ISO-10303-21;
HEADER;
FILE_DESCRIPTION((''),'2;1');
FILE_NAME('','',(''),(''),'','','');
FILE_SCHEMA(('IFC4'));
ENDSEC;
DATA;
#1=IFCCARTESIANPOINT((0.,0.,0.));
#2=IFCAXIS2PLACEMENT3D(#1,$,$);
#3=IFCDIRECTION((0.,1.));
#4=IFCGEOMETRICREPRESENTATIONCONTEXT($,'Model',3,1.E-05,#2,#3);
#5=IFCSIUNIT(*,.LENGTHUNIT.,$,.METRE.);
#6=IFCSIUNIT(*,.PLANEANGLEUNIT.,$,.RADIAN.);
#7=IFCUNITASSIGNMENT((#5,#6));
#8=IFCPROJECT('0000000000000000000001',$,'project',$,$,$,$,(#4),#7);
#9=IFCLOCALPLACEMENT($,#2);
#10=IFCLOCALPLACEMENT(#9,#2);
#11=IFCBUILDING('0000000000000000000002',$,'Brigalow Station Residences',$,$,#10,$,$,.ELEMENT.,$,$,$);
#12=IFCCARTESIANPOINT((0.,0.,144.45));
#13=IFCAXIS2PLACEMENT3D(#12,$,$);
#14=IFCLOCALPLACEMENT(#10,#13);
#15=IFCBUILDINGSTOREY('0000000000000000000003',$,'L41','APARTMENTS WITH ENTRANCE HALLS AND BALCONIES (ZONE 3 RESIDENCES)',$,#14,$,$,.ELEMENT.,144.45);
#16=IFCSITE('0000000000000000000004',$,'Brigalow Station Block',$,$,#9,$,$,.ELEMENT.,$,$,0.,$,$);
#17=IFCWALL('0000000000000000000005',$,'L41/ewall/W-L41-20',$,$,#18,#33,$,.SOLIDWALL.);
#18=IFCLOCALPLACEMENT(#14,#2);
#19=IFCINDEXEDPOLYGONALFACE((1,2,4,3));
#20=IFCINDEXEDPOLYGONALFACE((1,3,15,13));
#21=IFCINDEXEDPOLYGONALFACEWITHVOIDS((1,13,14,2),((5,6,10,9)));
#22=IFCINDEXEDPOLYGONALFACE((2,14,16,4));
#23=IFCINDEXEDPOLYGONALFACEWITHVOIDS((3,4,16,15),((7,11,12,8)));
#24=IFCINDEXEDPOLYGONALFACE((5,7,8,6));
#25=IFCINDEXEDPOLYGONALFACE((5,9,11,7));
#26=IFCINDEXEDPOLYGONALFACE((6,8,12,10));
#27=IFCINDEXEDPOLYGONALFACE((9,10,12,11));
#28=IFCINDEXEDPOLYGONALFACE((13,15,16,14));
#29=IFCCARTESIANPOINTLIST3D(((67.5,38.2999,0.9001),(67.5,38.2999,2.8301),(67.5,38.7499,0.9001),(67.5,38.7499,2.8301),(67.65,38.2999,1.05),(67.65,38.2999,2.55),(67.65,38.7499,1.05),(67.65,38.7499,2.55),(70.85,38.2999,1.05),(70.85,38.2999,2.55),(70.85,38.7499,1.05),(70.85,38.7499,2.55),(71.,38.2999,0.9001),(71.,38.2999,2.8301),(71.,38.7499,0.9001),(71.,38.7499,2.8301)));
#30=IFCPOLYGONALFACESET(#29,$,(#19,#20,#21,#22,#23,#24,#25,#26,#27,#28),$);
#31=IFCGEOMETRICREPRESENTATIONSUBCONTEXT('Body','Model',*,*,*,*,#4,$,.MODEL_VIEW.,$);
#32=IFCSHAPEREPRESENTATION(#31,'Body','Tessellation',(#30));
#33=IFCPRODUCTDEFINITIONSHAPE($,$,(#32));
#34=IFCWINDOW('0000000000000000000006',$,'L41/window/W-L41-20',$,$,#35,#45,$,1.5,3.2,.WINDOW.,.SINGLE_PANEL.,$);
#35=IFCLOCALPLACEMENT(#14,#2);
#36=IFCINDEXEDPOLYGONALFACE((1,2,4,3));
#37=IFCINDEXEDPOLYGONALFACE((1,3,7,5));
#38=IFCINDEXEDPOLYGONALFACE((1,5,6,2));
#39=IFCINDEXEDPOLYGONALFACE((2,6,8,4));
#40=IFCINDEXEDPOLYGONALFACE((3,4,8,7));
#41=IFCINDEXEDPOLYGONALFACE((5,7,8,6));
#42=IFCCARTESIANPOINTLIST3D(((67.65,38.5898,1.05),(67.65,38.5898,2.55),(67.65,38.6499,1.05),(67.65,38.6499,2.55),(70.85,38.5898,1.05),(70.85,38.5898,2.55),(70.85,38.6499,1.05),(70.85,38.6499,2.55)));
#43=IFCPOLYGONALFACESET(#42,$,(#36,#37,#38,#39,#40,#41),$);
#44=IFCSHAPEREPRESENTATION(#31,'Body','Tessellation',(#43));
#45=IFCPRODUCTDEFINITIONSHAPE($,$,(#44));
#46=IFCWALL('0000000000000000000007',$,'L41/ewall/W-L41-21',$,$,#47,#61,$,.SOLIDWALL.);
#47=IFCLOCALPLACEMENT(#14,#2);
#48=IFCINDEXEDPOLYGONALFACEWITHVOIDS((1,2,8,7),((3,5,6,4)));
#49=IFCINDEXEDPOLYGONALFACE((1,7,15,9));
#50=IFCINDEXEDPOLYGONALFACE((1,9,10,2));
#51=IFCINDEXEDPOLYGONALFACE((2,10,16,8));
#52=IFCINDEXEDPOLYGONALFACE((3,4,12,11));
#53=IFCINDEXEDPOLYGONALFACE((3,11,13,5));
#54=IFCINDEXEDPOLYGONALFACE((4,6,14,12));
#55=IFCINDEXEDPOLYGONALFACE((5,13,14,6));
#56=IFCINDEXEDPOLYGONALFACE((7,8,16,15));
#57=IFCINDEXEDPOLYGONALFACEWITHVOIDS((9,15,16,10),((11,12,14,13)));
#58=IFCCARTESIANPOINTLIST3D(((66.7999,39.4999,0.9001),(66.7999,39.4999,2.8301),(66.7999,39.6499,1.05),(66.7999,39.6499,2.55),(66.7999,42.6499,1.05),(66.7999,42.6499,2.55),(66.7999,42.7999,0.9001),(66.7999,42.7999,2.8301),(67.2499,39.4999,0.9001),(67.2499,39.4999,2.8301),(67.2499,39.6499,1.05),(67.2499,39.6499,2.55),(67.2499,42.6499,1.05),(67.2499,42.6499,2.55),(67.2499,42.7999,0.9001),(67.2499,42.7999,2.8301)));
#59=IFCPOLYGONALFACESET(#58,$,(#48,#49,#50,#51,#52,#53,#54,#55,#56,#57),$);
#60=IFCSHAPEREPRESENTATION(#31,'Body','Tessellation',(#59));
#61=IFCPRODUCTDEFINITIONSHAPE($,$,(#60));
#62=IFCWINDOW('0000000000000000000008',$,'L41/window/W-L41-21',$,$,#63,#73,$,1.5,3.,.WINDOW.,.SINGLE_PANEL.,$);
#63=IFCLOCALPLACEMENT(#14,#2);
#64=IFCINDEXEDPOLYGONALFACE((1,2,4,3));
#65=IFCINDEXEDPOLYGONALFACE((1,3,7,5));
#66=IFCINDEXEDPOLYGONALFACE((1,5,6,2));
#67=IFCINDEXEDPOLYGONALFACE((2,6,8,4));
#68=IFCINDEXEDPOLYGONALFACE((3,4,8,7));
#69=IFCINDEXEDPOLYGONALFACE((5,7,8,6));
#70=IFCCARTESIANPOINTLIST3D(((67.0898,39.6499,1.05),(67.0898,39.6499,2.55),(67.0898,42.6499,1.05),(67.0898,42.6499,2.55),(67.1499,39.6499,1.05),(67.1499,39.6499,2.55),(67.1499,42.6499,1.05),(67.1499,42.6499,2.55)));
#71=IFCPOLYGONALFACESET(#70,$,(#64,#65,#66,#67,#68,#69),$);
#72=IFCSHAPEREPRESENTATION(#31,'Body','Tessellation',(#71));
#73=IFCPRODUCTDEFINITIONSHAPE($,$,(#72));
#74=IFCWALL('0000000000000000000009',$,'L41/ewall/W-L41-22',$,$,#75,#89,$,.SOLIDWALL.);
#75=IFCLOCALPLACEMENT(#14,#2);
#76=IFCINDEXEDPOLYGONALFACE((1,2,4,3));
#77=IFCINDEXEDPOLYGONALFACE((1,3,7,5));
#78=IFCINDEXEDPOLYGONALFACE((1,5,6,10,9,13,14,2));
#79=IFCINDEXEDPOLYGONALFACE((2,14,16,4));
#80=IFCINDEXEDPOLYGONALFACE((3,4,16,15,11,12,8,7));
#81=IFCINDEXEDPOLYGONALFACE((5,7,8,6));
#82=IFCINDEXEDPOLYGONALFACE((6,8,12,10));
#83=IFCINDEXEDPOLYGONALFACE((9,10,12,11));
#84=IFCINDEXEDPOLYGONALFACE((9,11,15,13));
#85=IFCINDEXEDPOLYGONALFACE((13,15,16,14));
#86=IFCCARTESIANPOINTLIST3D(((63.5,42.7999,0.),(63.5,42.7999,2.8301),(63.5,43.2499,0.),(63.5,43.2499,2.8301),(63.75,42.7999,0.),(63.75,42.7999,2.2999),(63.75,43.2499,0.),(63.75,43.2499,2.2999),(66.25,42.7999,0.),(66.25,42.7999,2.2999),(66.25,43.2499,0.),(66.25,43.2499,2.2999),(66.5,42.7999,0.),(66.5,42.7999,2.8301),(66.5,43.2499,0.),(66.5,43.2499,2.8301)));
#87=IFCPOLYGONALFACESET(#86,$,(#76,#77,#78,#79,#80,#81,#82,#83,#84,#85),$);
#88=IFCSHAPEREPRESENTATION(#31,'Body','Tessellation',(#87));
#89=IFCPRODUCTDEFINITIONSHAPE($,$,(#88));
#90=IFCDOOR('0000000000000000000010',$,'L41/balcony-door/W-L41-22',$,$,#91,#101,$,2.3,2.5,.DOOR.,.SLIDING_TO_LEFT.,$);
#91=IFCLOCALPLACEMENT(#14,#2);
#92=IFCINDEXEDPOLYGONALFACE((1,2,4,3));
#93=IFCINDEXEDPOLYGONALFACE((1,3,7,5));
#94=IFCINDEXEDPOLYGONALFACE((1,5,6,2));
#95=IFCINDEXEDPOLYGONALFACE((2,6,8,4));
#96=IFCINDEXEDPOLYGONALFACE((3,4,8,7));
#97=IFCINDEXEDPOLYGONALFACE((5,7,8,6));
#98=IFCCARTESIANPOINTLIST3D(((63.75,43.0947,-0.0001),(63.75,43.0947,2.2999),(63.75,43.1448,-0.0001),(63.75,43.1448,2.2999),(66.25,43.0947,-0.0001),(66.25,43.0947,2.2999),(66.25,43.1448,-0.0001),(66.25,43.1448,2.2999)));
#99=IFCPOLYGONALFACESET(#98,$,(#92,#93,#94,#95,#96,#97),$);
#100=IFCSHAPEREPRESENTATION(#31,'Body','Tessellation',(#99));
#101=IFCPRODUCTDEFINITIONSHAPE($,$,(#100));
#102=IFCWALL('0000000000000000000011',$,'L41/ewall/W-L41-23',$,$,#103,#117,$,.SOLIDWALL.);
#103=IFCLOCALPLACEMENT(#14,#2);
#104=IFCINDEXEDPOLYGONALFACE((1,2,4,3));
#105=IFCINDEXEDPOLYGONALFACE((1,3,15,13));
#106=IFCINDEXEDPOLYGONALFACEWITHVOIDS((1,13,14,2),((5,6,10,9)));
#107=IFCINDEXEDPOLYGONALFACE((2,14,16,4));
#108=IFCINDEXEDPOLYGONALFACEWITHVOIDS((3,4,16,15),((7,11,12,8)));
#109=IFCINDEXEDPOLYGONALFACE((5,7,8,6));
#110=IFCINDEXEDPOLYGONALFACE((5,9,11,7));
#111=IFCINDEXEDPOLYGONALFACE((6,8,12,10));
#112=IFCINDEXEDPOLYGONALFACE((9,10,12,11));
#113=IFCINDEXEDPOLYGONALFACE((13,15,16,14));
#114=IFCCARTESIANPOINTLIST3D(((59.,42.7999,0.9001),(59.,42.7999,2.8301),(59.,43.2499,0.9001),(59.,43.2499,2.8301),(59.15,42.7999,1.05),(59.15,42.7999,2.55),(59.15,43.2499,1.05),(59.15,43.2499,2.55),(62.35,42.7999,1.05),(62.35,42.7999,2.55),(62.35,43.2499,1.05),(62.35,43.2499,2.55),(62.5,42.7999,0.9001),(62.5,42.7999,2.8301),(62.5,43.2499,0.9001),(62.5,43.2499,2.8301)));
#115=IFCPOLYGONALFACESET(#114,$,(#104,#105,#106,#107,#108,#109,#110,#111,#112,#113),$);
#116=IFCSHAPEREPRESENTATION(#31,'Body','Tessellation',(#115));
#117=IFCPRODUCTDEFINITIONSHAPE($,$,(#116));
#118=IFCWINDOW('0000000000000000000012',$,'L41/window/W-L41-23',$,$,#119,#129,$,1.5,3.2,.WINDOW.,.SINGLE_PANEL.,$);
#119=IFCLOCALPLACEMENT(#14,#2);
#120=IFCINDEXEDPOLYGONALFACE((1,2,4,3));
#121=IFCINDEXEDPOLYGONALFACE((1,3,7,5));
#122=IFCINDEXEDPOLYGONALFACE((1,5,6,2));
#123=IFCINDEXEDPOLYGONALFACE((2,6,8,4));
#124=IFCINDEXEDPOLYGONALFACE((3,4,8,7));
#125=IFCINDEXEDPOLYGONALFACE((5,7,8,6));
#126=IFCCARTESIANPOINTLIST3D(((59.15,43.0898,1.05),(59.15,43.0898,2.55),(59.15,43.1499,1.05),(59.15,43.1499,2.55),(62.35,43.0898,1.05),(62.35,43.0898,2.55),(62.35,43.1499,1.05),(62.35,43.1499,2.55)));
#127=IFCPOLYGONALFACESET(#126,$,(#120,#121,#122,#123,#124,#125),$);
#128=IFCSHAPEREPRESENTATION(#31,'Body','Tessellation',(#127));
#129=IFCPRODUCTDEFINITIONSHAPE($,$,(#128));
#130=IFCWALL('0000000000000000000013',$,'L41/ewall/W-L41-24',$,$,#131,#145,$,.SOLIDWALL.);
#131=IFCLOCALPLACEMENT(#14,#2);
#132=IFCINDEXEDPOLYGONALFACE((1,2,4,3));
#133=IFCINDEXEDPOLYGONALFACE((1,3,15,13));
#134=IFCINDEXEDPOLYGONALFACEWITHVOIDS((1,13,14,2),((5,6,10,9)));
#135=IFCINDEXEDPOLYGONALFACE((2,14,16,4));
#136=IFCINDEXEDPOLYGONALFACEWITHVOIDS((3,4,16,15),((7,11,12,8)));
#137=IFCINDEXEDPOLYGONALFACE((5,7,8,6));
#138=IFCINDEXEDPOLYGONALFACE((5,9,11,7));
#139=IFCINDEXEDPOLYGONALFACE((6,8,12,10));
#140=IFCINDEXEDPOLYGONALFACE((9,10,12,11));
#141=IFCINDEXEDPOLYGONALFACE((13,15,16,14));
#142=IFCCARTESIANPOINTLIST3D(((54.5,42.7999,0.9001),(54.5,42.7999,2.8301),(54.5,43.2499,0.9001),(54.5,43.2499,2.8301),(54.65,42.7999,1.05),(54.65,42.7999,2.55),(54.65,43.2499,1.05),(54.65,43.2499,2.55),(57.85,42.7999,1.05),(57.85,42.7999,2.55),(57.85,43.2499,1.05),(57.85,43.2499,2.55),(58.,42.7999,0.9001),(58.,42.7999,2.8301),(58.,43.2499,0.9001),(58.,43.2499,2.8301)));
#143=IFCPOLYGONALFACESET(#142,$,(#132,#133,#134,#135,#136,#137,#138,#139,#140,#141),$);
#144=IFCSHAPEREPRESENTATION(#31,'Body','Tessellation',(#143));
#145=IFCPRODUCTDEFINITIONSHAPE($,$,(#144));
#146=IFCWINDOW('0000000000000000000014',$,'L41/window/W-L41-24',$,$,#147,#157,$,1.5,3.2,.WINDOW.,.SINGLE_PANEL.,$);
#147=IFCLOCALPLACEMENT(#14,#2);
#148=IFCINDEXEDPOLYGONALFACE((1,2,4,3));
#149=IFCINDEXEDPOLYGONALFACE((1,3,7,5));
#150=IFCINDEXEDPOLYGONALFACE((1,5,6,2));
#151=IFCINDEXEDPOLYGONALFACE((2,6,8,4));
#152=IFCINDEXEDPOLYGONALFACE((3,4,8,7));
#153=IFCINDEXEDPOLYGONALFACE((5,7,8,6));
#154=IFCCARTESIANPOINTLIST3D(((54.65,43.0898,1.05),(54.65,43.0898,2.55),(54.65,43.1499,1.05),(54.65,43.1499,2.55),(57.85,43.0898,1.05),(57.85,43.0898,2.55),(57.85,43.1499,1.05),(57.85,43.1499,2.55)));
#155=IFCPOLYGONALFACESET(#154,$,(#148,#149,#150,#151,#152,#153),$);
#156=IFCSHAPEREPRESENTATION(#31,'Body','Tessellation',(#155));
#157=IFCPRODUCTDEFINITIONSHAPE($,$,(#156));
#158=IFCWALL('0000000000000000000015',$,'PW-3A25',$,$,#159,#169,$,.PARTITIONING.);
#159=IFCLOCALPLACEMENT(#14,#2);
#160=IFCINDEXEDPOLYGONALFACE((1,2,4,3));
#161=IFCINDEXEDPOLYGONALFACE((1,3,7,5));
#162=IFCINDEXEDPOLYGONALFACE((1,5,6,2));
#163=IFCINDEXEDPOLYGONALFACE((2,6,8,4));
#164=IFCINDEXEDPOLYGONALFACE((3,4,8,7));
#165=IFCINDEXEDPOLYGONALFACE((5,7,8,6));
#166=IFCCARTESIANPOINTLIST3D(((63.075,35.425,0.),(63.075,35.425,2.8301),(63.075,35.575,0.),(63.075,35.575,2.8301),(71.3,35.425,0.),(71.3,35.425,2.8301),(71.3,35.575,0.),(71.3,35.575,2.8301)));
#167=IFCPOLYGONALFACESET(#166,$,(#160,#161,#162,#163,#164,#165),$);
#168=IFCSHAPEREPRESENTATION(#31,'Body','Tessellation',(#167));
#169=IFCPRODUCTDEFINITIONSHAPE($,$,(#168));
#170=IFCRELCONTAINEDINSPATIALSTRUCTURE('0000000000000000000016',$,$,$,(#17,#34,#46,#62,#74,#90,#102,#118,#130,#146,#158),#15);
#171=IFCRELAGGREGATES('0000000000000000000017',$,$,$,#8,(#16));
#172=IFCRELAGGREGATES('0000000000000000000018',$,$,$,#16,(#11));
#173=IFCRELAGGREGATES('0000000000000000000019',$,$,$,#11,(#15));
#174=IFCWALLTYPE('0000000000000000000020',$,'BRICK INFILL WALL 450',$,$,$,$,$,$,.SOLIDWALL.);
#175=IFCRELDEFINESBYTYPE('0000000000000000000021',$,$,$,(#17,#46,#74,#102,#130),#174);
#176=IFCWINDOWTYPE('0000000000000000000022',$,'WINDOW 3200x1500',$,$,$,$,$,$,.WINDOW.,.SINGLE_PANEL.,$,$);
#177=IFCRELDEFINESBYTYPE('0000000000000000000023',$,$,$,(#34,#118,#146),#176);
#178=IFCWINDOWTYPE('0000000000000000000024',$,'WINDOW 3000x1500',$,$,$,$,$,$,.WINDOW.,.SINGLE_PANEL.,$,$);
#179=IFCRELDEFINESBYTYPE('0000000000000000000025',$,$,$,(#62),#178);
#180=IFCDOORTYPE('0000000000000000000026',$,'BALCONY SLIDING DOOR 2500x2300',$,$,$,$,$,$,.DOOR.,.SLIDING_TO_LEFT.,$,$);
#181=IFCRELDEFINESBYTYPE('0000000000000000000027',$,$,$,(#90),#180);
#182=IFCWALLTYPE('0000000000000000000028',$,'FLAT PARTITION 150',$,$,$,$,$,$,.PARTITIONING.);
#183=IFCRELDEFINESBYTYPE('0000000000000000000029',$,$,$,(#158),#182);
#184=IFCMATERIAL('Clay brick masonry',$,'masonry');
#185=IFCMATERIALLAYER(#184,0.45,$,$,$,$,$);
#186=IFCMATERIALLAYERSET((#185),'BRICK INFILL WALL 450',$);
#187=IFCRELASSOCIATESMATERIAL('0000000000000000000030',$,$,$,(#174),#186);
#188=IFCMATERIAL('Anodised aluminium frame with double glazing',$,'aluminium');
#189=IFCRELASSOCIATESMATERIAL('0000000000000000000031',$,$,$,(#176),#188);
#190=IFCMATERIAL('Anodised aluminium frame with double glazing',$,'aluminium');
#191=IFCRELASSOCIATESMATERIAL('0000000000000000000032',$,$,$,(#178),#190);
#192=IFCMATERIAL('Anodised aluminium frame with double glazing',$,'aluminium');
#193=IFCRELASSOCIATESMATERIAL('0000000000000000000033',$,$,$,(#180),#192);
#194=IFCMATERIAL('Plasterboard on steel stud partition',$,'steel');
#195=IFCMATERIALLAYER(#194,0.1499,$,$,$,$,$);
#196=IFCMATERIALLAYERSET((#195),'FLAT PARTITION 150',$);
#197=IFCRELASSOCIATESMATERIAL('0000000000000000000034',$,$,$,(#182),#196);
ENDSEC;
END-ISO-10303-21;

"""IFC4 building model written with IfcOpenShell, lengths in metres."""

from ifc_helpers import new_model, si_unit, direction, frame, frame_2d, origin, place, context, subcontext, project, spatial, rectangle, extrude, material, layer, layer_set, type_object, element, fill, save


model = new_model("IFC4")

# Units and contexts
model_context = context("Model", 3, precision=1e-05, world=origin(), true_north=direction((0.0, 1.0)))
body_context = subcontext(model_context, "Body", "Model", "MODEL_VIEW")
ifc_project = project(units=[si_unit("LENGTHUNIT", "METRE"), si_unit("PLANEANGLEUNIT", "RADIAN")], contexts=[model_context])

# Site, building, storey
site_placement = place(None, origin())
site = spatial("IfcSite", under=ifc_project, at=site_placement, Name="Brigalow Station Block", CompositionType="ELEMENT", RefElevation=0.0)
building_placement = place(site_placement, origin())
building = spatial("IfcBuilding", under=site, at=building_placement, Name="Brigalow Station Residences", CompositionType="ELEMENT")
storey_placement = place(building_placement, frame((0.0, 0.0, 144.45)))
storey = spatial("IfcBuildingStorey", under=building, at=storey_placement, Name="L41", Description="APARTMENTS WITH ENTRANCE HALLS AND BALCONIES (ZONE 3 RESIDENCES)", CompositionType="ELEMENT", Elevation=144.45)

# Walls, openings, windows
ifc_material_1 = material(Name="Clay brick masonry", Category="masonry")
ifc_layer_1 = layer(ifc_material_1, 0.45)
ifc_layer_set_1 = layer_set([ifc_layer_1], Name="BRICK INFILL WALL 450")
wall_type_1 = type_object("IfcWallType", Name="BRICK INFILL WALL 450", PredefinedType="SOLIDWALL", material=ifc_layer_set_1)
wall_1_placement = place(storey_placement, frame((71.0, 38.5249, 0.9001), z_axis=(0.0, 0.0, 1.0), x_axis=(-1.0, 0.0, 0.0)))
wall_1 = element("IfcWall", 1, at=wall_1_placement, inside=storey, type_object=wall_type_1, Name="L41/ewall/W-L41-20", PredefinedType="SOLIDWALL", context=body_context, shape_type="SweptSolid", body=[
    extrude(rectangle(XDim=3.5, YDim=0.45, at=frame_2d((1.75, 0.0))), origin(), (0.0, 0.0, 1.0), 1.9299),
])
opening_1_placement = place(wall_1_placement, frame((0.1499, 0.0, 0.1499)))
opening_1 = element("IfcOpeningElement", 2, at=opening_1_placement, cuts=wall_1, PredefinedType="OPENING", context=body_context, shape_type="SweptSolid", body=[
    extrude(rectangle(XDim=3.2, YDim=1.5, at=frame_2d((1.6001, 0.75))), frame((0.0, 0.2349, 0.0), z_axis=(0.0, -1.0, 0.0), x_axis=(1.0, 0.0, 0.0)), (0.0, 0.0, 1.0), 0.47),
])
ifc_material_2 = material(Name="Anodised aluminium frame with double glazing", Category="aluminium")
window_type_1 = type_object("IfcWindowType", Name="WINDOW 3200x1500", PartitioningType="SINGLE_PANEL", PredefinedType="WINDOW", material=ifc_material_2)
window_1_placement = place(opening_1_placement, origin())
window_1 = element("IfcWindow", 3, at=window_1_placement, inside=storey, type_object=window_type_1, Name="L41/window/W-L41-20", OverallHeight=1.5, OverallWidth=3.2, PartitioningType="SINGLE_PANEL", PredefinedType="WINDOW", context=body_context, shape_type="SweptSolid", body=[
    extrude(rectangle(XDim=3.2, YDim=1.5, at=frame_2d((1.6001, 0.75))), frame((0.0, -0.0649, 0.0), z_axis=(0.0, -1.0, 0.0), x_axis=(1.0, 0.0, 0.0)), (0.0, 0.0, 1.0), 0.0601),
])
fill(opening_1, window_1)
wall_2_placement = place(storey_placement, frame((67.0249, 39.5, 0.9001), z_axis=(0.0, 0.0, 1.0), x_axis=(0.0, 1.0, 0.0)))
wall_2 = element("IfcWall", 4, at=wall_2_placement, inside=storey, type_object=wall_type_1, Name="L41/ewall/W-L41-21", PredefinedType="SOLIDWALL", context=body_context, shape_type="SweptSolid", body=[
    extrude(rectangle(XDim=3.3, YDim=0.45, at=frame_2d((1.6499, 0.0))), origin(), (0.0, 0.0, 1.0), 1.9299),
])
opening_2_placement = place(wall_2_placement, frame((0.1499, 0.0, 0.1499)))
opening_2 = element("IfcOpeningElement", 5, at=opening_2_placement, cuts=wall_2, PredefinedType="OPENING", context=body_context, shape_type="SweptSolid", body=[
    extrude(rectangle(XDim=3.0, YDim=1.5, at=frame_2d((1.5, 0.75))), frame((0.0, 0.2349, 0.0), z_axis=(0.0, -1.0, 0.0), x_axis=(1.0, 0.0, 0.0)), (0.0, 0.0, 1.0), 0.47),
])
ifc_material_3 = material(Name="Anodised aluminium frame with double glazing", Category="aluminium")
window_type_2 = type_object("IfcWindowType", Name="WINDOW 3000x1500", PartitioningType="SINGLE_PANEL", PredefinedType="WINDOW", material=ifc_material_3)
window_2_placement = place(opening_2_placement, origin())
window_2 = element("IfcWindow", 6, at=window_2_placement, inside=storey, type_object=window_type_2, Name="L41/window/W-L41-21", OverallHeight=1.5, OverallWidth=3.0, PartitioningType="SINGLE_PANEL", PredefinedType="WINDOW", context=body_context, shape_type="SweptSolid", body=[
    extrude(rectangle(XDim=3.0, YDim=1.5, at=frame_2d((1.5, 0.75))), frame((0.0, -0.0649, 0.0), z_axis=(0.0, -1.0, 0.0), x_axis=(1.0, 0.0, 0.0)), (0.0, 0.0, 1.0), 0.0601),
])
fill(opening_2, window_2)

# Wall, opening, door
wall_3_placement = place(storey_placement, frame((66.5, 43.0249, 0.0), z_axis=(0.0, 0.0, 1.0), x_axis=(-1.0, 0.0, 0.0)))
wall_3 = element("IfcWall", 7, at=wall_3_placement, inside=storey, type_object=wall_type_1, Name="L41/ewall/W-L41-22", PredefinedType="SOLIDWALL", context=body_context, shape_type="SweptSolid", body=[
    extrude(rectangle(XDim=3.0, YDim=0.45, at=frame_2d((1.5, 0.0))), origin(), (0.0, 0.0, 1.0), 2.8301),
])
opening_3_placement = place(wall_3_placement, frame((0.25, 0.0, 0.0)))
opening_3 = element("IfcOpeningElement", 8, at=opening_3_placement, cuts=wall_3, PredefinedType="OPENING", context=body_context, shape_type="SweptSolid", body=[
    extrude(rectangle(XDim=2.5, YDim=2.3, at=frame_2d((1.25, 1.1499))), frame((0.0, 0.2349, 0.0), z_axis=(0.0, -1.0, 0.0), x_axis=(1.0, 0.0, 0.0)), (0.0, 0.0, 1.0), 0.47),
])
ifc_material_4 = material(Name="Anodised aluminium frame with double glazing", Category="aluminium")
door_type_1 = type_object("IfcDoorType", Name="BALCONY SLIDING DOOR 2500x2300", OperationType="SLIDING_TO_LEFT", PredefinedType="DOOR", material=ifc_material_4)
door_1_placement = place(opening_3_placement, origin())
door_1 = element("IfcDoor", 9, at=door_1_placement, inside=storey, type_object=door_type_1, Name="L41/balcony-door/W-L41-22", OperationType="SLIDING_TO_LEFT", OverallHeight=2.3, OverallWidth=2.5, PredefinedType="DOOR", context=body_context, shape_type="SweptSolid", body=[
    extrude(rectangle(XDim=2.5, YDim=2.3, at=frame_2d((1.25, 1.1499))), frame((0.0, -0.0698, 0.0), z_axis=(0.0, -1.0, 0.0), x_axis=(1.0, 0.0, 0.0)), (0.0, 0.0, 1.0), 0.05),
])
fill(opening_3, door_1)

# Walls, openings, windows
wall_4_placement = place(storey_placement, frame((62.5, 43.0249, 0.9001), z_axis=(0.0, 0.0, 1.0), x_axis=(-1.0, 0.0, 0.0)))
wall_4 = element("IfcWall", 10, at=wall_4_placement, inside=storey, type_object=wall_type_1, Name="L41/ewall/W-L41-23", PredefinedType="SOLIDWALL", context=body_context, shape_type="SweptSolid", body=[
    extrude(rectangle(XDim=3.5, YDim=0.45, at=frame_2d((1.75, 0.0))), origin(), (0.0, 0.0, 1.0), 1.9299),
])
opening_4_placement = place(wall_4_placement, frame((0.1499, 0.0, 0.1499)))
opening_4 = element("IfcOpeningElement", 11, at=opening_4_placement, cuts=wall_4, PredefinedType="OPENING", context=body_context, shape_type="SweptSolid", body=[
    extrude(rectangle(XDim=3.2, YDim=1.5, at=frame_2d((1.6001, 0.75))), frame((0.0, 0.2349, 0.0), z_axis=(0.0, -1.0, 0.0), x_axis=(1.0, 0.0, 0.0)), (0.0, 0.0, 1.0), 0.47),
])
window_3_placement = place(opening_4_placement, origin())
window_3 = element("IfcWindow", 12, at=window_3_placement, inside=storey, type_object=window_type_1, Name="L41/window/W-L41-23", OverallHeight=1.5, OverallWidth=3.2, PartitioningType="SINGLE_PANEL", PredefinedType="WINDOW", context=body_context, shape_type="SweptSolid", body=[
    extrude(rectangle(XDim=3.2, YDim=1.5, at=frame_2d((1.6001, 0.75))), frame((0.0, -0.0649, 0.0), z_axis=(0.0, -1.0, 0.0), x_axis=(1.0, 0.0, 0.0)), (0.0, 0.0, 1.0), 0.0601),
])
fill(opening_4, window_3)
wall_5_placement = place(storey_placement, frame((58.0, 43.0249, 0.9001), z_axis=(0.0, 0.0, 1.0), x_axis=(-1.0, 0.0, 0.0)))
wall_5 = element("IfcWall", 13, at=wall_5_placement, inside=storey, type_object=wall_type_1, Name="L41/ewall/W-L41-24", PredefinedType="SOLIDWALL", context=body_context, shape_type="SweptSolid", body=[
    extrude(rectangle(XDim=3.5, YDim=0.45, at=frame_2d((1.75, 0.0))), origin(), (0.0, 0.0, 1.0), 1.9299),
])
opening_5_placement = place(wall_5_placement, frame((0.1499, 0.0, 0.1499)))
opening_5 = element("IfcOpeningElement", 14, at=opening_5_placement, cuts=wall_5, PredefinedType="OPENING", context=body_context, shape_type="SweptSolid", body=[
    extrude(rectangle(XDim=3.2, YDim=1.5, at=frame_2d((1.6001, 0.75))), frame((0.0, 0.2349, 0.0), z_axis=(0.0, -1.0, 0.0), x_axis=(1.0, 0.0, 0.0)), (0.0, 0.0, 1.0), 0.47),
])
window_4_placement = place(opening_5_placement, origin())
window_4 = element("IfcWindow", 15, at=window_4_placement, inside=storey, type_object=window_type_1, Name="L41/window/W-L41-24", OverallHeight=1.5, OverallWidth=3.2, PartitioningType="SINGLE_PANEL", PredefinedType="WINDOW", context=body_context, shape_type="SweptSolid", body=[
    extrude(rectangle(XDim=3.2, YDim=1.5, at=frame_2d((1.6001, 0.75))), frame((0.0, -0.0649, 0.0), z_axis=(0.0, -1.0, 0.0), x_axis=(1.0, 0.0, 0.0)), (0.0, 0.0, 1.0), 0.0601),
])
fill(opening_5, window_4)

# Wall
ifc_material_5 = material(Name="Plasterboard on steel stud partition", Category="steel")
ifc_layer_2 = layer(ifc_material_5, 0.1499)
ifc_layer_set_2 = layer_set([ifc_layer_2], Name="FLAT PARTITION 150")
wall_type_2 = type_object("IfcWallType", Name="FLAT PARTITION 150", PredefinedType="PARTITIONING", material=ifc_layer_set_2)
wall_6_placement = place(storey_placement, frame((63.075, 35.5, 0.0), z_axis=(0.0, 0.0, 1.0), x_axis=(1.0, 0.0, 0.0)))
element("IfcWall", 16, at=wall_6_placement, inside=storey, type_object=wall_type_2, Name="PW-3A25", PredefinedType="PARTITIONING", context=body_context, shape_type="SweptSolid", body=[
    extrude(rectangle(XDim=8.2251, YDim=0.1499, at=frame_2d((4.1125, 0.0))), origin(), (0.0, 0.0, 1.0), 2.8301),
])

save(model, "model.ifc")
